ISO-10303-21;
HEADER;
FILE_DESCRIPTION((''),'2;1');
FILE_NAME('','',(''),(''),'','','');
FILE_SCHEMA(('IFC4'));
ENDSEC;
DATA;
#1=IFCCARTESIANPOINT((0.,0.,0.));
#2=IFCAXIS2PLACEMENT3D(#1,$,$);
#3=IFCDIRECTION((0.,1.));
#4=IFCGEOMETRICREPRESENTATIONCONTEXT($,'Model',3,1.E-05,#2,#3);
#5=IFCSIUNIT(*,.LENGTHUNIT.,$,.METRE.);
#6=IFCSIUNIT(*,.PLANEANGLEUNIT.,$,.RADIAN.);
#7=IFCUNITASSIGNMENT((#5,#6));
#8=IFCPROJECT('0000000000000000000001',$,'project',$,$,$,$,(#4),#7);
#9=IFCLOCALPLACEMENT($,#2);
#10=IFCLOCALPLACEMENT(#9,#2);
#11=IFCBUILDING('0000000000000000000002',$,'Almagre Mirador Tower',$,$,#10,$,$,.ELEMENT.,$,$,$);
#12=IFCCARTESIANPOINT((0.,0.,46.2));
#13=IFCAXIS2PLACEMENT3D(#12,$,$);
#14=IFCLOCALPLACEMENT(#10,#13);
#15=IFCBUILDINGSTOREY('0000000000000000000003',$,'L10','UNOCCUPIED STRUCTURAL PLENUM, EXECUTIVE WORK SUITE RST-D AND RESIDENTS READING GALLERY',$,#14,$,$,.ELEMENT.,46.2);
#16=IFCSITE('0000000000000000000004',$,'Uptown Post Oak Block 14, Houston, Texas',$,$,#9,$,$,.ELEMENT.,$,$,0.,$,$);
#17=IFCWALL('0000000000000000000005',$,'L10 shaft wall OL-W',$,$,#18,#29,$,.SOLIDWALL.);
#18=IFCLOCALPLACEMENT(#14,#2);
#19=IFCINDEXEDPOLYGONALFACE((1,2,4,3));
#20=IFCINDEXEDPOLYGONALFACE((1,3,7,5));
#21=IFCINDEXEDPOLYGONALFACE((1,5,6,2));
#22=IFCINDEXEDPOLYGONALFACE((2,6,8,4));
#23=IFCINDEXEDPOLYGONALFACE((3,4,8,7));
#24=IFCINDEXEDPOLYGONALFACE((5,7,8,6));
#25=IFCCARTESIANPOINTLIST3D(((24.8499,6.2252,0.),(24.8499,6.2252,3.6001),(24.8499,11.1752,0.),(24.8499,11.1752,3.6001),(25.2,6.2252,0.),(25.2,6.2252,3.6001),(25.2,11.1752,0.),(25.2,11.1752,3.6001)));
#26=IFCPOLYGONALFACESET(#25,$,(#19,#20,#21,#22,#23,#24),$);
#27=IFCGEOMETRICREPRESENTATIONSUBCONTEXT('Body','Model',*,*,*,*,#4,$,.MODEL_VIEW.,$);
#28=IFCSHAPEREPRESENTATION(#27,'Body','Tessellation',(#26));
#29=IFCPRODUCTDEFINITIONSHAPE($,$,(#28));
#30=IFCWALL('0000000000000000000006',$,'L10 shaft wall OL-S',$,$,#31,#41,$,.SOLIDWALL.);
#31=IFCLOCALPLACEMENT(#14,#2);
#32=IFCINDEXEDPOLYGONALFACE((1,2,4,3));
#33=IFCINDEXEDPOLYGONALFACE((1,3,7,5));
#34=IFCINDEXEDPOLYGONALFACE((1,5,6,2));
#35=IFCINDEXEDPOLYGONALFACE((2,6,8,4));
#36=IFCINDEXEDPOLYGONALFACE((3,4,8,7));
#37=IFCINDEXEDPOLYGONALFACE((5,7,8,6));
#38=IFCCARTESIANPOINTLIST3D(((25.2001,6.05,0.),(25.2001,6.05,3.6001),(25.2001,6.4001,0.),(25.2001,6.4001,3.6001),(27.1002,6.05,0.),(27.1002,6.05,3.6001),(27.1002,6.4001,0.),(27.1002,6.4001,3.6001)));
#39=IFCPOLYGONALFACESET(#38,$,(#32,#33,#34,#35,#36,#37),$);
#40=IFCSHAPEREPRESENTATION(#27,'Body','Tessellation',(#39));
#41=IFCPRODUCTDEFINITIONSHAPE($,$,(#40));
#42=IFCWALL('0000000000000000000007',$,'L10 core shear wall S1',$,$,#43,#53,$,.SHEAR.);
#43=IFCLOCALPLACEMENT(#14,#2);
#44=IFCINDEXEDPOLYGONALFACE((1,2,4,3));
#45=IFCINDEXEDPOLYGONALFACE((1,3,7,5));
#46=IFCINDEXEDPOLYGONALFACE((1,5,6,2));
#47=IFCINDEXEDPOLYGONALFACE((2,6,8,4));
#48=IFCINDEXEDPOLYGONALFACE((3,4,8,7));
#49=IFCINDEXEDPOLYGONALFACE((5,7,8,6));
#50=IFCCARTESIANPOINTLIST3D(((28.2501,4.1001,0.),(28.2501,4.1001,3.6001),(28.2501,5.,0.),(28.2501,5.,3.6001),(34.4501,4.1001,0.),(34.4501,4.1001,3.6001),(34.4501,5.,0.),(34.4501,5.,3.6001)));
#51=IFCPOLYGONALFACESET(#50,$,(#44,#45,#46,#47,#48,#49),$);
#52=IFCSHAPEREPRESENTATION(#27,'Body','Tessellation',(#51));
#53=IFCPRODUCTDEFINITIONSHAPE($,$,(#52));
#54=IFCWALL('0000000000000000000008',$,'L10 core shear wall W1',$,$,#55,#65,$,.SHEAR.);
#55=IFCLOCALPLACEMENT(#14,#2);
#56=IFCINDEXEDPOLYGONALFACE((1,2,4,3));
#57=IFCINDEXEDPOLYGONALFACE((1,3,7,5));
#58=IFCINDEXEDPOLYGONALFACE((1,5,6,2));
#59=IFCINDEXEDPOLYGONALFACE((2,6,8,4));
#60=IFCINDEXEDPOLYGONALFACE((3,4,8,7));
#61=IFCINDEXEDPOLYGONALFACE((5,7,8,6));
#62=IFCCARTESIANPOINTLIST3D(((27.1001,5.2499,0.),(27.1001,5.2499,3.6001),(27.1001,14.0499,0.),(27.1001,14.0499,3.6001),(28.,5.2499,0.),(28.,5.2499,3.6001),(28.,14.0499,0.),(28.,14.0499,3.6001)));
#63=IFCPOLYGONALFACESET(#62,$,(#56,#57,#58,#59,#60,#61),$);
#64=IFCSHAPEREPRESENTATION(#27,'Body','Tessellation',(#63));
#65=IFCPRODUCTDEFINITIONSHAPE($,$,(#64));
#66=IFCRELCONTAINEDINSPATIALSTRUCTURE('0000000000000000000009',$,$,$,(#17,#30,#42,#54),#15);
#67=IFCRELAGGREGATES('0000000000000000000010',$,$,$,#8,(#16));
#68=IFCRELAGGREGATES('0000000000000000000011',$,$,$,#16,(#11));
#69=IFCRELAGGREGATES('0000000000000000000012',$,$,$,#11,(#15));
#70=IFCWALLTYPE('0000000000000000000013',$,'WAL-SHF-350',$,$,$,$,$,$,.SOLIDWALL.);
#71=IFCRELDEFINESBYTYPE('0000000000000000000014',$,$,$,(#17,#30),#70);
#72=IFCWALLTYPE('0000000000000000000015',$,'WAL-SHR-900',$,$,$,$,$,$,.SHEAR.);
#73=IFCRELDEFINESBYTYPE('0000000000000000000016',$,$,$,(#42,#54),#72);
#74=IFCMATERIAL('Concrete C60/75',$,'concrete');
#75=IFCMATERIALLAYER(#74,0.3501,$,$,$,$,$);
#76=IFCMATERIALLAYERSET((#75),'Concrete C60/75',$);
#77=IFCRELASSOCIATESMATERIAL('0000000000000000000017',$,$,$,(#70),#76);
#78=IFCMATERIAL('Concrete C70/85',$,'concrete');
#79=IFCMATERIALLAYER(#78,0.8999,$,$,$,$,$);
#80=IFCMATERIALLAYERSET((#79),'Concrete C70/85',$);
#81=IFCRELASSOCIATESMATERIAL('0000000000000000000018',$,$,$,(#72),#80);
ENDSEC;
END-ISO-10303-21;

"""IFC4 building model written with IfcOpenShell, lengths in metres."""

from ifc_helpers import new_model, si_unit, direction, frame, frame_2d, origin, place, context, subcontext, project, spatial, rectangle, extrude, material, layer, layer_set, type_object, element, save


model = new_model("IFC4")

# Units and contexts
model_context = context("Model", 3, precision=1e-05, world=origin(), true_north=direction((0.0, 1.0)))
body_context = subcontext(model_context, "Body", "Model", "MODEL_VIEW")
ifc_project = project(units=[si_unit("LENGTHUNIT", "METRE"), si_unit("PLANEANGLEUNIT", "RADIAN")], contexts=[model_context])

# Site, building, storey
site_placement = place(None, origin())
site = spatial("IfcSite", under=ifc_project, at=site_placement, Name="Uptown Post Oak Block 14, Houston, Texas", CompositionType="ELEMENT", RefElevation=0.0)
building_placement = place(site_placement, origin())
building = spatial("IfcBuilding", under=site, at=building_placement, Name="Almagre Mirador Tower", CompositionType="ELEMENT")
storey_placement = place(building_placement, frame((0.0, 0.0, 46.2)))
storey = spatial("IfcBuildingStorey", under=building, at=storey_placement, Name="L10", Description="UNOCCUPIED STRUCTURAL PLENUM, EXECUTIVE WORK SUITE RST-D AND RESIDENTS READING GALLERY", CompositionType="ELEMENT", Elevation=46.2)

# Shared definitions
ifc_material_1 = material(Name="Concrete C60/75", Category="concrete")
ifc_layer_1 = layer(ifc_material_1, 0.3501)
ifc_layer_set_1 = layer_set([ifc_layer_1], Name="Concrete C60/75")
wall_type_1 = type_object("IfcWallType", Name="WAL-SHF-350", PredefinedType="SOLIDWALL", material=ifc_layer_set_1)

# Walls
wall_1_placement = place(storey_placement, frame((25.0249, 6.2251, 0.0), z_axis=(0.0, 0.0, 1.0), x_axis=(0.0, 1.0, 0.0)))
element("IfcWall", 1, at=wall_1_placement, inside=storey, type_object=wall_type_1, Name="L10 shaft wall OL-W", PredefinedType="SOLIDWALL", context=body_context, shape_type="SweptSolid", body=[
    extrude(rectangle(XDim=4.95, YDim=0.3501, at=frame_2d((2.4751, 0.0))), origin(), (0.0, 0.0, 1.0), 3.6001),
])
wall_2_placement = place(storey_placement, frame((25.2, 6.2251, 0.0), z_axis=(0.0, 0.0, 1.0), x_axis=(1.0, 0.0, 0.0)))
element("IfcWall", 2, at=wall_2_placement, inside=storey, type_object=wall_type_1, Name="L10 shaft wall OL-S", PredefinedType="SOLIDWALL", context=body_context, shape_type="SweptSolid", body=[
    extrude(rectangle(XDim=1.9001, YDim=0.3501, at=frame_2d((0.9502, 0.0))), origin(), (0.0, 0.0, 1.0), 3.6001),
])
ifc_material_2 = material(Name="Concrete C70/85", Category="concrete")
ifc_layer_2 = layer(ifc_material_2, 0.8999)
ifc_layer_set_2 = layer_set([ifc_layer_2], Name="Concrete C70/85")
wall_type_2 = type_object("IfcWallType", Name="WAL-SHR-900", PredefinedType="SHEAR", material=ifc_layer_set_2)
wall_3_placement = place(storey_placement, frame((28.25, 4.55, 0.0), z_axis=(0.0, 0.0, 1.0), x_axis=(1.0, 0.0, 0.0)))
element("IfcWall", 3, at=wall_3_placement, inside=storey, type_object=wall_type_2, Name="L10 core shear wall S1", PredefinedType="SHEAR", context=body_context, shape_type="SweptSolid", body=[
    extrude(rectangle(XDim=6.2, YDim=0.8999, at=frame_2d((3.1001, 0.0))), origin(), (0.0, 0.0, 1.0), 3.6001),
])
wall_4_placement = place(storey_placement, frame((27.55, 5.25, 0.0), z_axis=(0.0, 0.0, 1.0), x_axis=(0.0, 1.0, 0.0)))
element("IfcWall", 4, at=wall_4_placement, inside=storey, type_object=wall_type_2, Name="L10 core shear wall W1", PredefinedType="SHEAR", context=body_context, shape_type="SweptSolid", body=[
    extrude(rectangle(XDim=8.8, YDim=0.8999, at=frame_2d((4.3999, 0.0))), origin(), (0.0, 0.0, 1.0), 3.6001),
])

save(model, "model.ifc")
